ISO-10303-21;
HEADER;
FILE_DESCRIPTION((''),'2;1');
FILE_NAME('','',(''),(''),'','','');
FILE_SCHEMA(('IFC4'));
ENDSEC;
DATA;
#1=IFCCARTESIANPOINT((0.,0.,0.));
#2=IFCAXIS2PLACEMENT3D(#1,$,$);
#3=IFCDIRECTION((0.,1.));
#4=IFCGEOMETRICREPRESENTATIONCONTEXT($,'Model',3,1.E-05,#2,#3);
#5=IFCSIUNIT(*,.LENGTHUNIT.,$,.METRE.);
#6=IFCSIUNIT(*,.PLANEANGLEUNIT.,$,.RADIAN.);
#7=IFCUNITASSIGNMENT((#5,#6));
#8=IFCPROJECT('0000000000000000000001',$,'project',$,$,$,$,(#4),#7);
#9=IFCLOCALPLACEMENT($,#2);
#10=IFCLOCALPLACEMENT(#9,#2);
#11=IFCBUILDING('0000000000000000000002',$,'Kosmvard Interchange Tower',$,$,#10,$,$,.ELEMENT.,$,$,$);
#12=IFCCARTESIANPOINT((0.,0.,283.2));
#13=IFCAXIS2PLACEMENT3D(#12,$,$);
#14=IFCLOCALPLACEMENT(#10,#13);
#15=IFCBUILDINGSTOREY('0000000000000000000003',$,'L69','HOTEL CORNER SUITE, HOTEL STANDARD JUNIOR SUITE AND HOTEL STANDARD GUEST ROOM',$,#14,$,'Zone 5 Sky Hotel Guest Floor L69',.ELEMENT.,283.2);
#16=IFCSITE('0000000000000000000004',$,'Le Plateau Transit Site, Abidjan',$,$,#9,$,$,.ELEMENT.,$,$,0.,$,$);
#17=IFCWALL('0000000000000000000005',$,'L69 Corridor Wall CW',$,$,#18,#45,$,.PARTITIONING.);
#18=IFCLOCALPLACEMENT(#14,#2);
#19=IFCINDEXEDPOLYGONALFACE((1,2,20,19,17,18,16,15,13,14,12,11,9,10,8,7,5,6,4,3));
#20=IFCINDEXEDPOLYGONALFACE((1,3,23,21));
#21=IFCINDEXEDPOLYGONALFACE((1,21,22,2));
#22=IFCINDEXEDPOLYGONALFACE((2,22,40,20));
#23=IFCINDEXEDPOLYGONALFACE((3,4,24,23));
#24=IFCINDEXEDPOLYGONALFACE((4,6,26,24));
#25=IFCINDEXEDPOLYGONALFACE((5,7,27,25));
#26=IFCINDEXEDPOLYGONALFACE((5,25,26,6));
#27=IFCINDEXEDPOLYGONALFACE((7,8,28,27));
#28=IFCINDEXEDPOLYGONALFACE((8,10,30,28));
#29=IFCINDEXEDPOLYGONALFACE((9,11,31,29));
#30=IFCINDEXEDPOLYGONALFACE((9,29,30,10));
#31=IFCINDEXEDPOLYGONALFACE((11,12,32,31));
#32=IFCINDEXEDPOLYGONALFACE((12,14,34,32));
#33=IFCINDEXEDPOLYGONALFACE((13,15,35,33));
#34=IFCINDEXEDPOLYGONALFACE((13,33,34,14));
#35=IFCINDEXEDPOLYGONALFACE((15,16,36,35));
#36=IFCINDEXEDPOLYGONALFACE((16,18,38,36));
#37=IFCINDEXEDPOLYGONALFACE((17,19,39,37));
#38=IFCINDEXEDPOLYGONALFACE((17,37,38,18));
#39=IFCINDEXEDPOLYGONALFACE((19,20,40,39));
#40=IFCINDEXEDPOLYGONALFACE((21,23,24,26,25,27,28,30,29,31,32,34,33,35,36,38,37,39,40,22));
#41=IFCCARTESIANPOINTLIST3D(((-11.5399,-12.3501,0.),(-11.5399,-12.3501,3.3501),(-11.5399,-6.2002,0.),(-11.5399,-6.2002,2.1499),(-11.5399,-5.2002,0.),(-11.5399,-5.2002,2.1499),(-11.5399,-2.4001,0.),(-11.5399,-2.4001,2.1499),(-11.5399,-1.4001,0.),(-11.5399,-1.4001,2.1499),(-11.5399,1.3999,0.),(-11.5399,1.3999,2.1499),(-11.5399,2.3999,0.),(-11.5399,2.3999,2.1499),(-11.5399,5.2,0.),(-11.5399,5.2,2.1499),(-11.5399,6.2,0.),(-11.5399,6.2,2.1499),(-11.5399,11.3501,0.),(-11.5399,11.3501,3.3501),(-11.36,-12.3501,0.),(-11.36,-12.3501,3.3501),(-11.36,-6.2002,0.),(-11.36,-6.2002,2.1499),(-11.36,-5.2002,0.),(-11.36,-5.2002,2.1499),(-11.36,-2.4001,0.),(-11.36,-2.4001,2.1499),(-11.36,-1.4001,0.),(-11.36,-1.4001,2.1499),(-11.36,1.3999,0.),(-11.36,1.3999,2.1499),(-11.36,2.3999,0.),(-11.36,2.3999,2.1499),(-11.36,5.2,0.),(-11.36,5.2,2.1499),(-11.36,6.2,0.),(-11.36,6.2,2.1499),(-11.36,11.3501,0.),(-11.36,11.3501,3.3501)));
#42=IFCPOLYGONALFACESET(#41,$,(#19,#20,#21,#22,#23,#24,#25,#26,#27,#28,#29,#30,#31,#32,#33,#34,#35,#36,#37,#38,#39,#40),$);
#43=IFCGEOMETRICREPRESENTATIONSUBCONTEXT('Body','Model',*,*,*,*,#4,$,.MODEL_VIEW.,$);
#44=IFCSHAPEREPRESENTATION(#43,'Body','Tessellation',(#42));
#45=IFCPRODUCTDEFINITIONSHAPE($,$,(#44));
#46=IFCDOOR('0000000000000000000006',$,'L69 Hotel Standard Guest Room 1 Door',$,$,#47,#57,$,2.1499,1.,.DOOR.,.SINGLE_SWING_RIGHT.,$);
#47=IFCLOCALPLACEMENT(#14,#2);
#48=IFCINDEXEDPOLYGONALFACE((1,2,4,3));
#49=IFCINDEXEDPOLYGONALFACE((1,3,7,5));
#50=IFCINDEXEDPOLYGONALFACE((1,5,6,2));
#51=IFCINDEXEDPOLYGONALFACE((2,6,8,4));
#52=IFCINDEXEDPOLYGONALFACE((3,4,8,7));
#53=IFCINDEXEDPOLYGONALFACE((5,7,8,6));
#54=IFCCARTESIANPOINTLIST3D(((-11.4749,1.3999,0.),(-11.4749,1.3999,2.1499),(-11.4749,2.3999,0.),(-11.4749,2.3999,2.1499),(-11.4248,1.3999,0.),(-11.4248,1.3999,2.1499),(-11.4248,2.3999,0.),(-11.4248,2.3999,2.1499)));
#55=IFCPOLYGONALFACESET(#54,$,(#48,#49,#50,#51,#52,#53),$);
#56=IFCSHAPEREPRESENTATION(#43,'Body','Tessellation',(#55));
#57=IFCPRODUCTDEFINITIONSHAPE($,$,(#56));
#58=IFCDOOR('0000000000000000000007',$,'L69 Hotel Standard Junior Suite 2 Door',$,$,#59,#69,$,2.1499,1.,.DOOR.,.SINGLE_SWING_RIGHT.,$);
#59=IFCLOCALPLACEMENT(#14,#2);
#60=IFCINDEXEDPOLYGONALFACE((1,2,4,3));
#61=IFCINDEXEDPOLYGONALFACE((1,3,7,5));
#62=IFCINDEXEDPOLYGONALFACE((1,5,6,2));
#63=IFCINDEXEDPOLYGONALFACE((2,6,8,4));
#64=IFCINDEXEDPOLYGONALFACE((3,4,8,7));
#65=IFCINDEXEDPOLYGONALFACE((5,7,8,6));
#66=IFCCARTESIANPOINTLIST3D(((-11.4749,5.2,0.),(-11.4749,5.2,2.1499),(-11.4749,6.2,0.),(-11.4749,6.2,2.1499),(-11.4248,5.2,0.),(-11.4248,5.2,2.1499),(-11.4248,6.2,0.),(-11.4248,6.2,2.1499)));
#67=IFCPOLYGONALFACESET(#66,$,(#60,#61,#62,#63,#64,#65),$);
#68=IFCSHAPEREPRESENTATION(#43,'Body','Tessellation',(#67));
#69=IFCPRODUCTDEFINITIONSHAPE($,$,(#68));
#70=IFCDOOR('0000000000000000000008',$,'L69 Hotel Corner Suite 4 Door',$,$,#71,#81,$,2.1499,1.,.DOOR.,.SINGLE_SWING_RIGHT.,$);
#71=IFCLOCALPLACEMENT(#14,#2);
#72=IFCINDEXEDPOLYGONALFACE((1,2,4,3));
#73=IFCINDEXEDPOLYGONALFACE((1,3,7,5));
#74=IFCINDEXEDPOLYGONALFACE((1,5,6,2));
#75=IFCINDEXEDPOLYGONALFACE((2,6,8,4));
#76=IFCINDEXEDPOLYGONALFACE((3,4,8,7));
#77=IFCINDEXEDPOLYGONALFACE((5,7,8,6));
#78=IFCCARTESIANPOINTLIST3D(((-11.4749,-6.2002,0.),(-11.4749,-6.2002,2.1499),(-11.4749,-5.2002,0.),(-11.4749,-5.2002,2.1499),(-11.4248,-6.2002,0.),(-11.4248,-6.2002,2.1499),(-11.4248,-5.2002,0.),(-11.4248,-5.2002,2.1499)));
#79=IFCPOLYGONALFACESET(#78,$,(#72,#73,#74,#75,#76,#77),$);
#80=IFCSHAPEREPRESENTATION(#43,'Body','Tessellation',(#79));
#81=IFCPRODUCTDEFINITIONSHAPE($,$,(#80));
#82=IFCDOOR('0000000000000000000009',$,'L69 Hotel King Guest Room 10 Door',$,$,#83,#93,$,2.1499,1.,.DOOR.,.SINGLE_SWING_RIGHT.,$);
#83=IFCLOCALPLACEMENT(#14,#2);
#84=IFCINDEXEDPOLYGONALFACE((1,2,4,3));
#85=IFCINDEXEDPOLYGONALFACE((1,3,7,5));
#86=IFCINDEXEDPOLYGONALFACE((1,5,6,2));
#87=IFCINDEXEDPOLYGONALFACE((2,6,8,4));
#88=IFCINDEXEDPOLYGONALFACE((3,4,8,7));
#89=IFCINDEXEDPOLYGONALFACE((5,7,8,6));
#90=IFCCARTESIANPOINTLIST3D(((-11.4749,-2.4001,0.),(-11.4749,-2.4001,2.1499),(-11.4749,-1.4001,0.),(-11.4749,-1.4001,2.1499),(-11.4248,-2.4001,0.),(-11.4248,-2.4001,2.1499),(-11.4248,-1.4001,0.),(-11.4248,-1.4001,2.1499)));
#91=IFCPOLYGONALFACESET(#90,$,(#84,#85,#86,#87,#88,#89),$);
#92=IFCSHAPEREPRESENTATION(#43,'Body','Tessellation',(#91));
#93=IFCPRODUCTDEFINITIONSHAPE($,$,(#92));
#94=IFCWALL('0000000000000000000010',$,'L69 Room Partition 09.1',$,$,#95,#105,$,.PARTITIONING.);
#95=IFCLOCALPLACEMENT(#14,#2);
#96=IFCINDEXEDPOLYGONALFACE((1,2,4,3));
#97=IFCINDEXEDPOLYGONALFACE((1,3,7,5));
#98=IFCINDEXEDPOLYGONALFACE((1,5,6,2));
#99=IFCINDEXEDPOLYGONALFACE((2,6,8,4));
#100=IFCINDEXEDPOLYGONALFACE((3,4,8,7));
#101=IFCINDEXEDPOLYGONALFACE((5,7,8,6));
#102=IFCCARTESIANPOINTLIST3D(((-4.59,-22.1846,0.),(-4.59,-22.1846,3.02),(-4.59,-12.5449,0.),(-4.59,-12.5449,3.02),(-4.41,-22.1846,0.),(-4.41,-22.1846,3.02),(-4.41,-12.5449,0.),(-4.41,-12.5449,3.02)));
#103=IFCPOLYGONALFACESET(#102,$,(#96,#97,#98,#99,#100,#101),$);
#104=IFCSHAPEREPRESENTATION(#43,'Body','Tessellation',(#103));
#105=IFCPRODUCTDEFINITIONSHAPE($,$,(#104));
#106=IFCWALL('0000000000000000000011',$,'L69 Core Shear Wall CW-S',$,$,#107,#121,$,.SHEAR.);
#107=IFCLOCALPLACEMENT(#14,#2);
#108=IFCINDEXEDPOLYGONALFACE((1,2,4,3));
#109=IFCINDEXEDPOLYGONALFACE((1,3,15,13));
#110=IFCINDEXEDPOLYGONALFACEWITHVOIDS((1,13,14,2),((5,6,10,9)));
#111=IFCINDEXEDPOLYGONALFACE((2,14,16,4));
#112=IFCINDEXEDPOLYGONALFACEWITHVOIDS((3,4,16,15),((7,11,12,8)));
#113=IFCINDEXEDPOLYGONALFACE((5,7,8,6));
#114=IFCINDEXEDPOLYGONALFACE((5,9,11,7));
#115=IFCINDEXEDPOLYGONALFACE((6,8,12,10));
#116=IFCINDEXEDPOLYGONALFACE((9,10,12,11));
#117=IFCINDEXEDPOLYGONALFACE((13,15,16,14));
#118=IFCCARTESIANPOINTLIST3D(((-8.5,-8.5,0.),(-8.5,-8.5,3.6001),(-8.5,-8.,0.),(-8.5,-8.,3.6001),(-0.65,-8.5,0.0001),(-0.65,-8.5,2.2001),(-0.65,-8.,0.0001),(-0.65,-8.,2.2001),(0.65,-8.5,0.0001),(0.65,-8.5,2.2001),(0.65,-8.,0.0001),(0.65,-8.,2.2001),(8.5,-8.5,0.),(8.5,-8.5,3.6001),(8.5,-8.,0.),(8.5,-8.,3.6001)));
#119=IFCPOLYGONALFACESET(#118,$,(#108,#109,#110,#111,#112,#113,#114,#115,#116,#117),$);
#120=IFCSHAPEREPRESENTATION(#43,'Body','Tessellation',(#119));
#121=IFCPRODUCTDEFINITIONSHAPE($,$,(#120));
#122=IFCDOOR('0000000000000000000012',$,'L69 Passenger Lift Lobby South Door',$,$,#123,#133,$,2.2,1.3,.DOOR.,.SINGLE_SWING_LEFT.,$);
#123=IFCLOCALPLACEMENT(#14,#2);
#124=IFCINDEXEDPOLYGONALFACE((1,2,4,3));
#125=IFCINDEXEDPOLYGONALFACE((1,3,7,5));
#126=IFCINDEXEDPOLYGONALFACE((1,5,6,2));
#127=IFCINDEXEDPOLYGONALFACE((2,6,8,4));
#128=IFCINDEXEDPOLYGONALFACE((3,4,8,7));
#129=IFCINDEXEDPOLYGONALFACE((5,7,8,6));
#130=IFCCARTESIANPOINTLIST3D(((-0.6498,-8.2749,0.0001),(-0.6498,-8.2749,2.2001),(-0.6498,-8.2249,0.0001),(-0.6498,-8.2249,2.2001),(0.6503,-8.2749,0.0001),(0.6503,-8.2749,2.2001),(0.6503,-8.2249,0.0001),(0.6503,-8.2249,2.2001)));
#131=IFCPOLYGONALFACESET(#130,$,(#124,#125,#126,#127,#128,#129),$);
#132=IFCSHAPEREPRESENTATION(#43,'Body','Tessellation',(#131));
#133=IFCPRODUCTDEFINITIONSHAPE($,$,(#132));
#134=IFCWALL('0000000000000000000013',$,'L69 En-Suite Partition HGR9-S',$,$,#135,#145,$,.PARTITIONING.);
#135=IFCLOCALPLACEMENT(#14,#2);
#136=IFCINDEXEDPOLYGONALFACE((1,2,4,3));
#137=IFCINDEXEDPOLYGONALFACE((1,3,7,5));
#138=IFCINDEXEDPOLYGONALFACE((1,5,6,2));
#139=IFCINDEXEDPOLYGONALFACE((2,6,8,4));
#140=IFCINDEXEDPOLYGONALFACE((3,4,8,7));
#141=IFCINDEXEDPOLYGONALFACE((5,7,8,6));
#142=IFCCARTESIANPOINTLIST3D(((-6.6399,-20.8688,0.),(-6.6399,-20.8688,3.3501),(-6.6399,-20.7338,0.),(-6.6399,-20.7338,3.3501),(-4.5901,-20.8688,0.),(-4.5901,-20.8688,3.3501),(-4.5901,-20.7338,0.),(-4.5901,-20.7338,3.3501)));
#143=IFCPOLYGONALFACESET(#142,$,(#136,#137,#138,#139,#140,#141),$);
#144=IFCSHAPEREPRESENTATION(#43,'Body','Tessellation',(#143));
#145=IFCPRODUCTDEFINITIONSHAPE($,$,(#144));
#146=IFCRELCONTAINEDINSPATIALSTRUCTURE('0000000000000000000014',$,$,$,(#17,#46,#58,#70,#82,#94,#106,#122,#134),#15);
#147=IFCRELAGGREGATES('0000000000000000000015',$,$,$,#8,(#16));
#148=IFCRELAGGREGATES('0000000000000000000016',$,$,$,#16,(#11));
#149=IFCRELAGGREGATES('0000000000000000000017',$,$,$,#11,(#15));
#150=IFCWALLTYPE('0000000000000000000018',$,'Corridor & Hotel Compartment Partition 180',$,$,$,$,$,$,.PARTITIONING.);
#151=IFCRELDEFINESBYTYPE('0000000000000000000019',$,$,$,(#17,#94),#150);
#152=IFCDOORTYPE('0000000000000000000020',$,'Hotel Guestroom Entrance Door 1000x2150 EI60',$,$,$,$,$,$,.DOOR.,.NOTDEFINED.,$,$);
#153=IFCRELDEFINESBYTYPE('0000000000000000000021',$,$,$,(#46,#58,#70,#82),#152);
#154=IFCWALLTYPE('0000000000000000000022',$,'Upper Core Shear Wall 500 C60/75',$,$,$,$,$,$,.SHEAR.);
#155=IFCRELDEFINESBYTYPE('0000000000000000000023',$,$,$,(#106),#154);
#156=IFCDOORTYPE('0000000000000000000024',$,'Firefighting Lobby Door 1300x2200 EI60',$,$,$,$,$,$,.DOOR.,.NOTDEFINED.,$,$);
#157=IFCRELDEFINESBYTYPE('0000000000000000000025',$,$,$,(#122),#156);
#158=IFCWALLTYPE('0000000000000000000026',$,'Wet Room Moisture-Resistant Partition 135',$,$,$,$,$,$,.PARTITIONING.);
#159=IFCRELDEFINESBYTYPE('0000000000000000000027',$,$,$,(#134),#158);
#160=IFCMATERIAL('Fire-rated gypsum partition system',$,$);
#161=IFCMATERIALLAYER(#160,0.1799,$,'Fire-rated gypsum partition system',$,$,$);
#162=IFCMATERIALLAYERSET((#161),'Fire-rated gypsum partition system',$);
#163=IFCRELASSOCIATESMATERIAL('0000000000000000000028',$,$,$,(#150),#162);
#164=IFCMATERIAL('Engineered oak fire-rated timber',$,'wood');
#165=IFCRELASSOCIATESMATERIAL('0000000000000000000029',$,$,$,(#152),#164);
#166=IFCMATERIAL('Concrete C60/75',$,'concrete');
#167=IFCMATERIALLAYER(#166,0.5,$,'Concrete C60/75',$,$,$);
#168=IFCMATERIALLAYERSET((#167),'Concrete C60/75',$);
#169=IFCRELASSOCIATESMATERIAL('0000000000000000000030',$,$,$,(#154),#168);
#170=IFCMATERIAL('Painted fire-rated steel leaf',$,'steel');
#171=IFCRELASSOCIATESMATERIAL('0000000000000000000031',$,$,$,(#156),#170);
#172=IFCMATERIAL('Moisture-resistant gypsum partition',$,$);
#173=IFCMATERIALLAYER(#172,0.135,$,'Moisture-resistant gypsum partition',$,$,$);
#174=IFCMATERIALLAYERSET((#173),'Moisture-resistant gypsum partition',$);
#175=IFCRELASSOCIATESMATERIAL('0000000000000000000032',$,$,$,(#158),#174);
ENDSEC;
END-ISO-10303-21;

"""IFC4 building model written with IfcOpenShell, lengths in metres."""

from ifc_helpers import new_model, si_unit, direction, frame, frame_2d, origin, place, context, subcontext, project, spatial, rectangle, extrude, source, transform, mapped, material, layer, layer_set, type_object, element, fill, save


model = new_model("IFC4")

# Units and contexts
model_context = context("Model", 3, precision=1e-05, world=origin(), true_north=direction((0.0, 1.0)))
body_context = subcontext(model_context, "Body", "Model", "MODEL_VIEW")
ifc_project = project(units=[si_unit("LENGTHUNIT", "METRE"), si_unit("PLANEANGLEUNIT", "RADIAN")], contexts=[model_context])

# Site, building, storey
site_placement = place(None, origin())
site = spatial("IfcSite", under=ifc_project, at=site_placement, Name="Le Plateau Transit Site, Abidjan", CompositionType="ELEMENT", RefElevation=0.0)
building_placement = place(site_placement, origin())
building = spatial("IfcBuilding", under=site, at=building_placement, Name="Kosmvard Interchange Tower", CompositionType="ELEMENT")
storey_placement = place(building_placement, frame((0.0, 0.0, 283.2)))
storey = spatial("IfcBuildingStorey", under=building, at=storey_placement, Name="L69", Description="HOTEL CORNER SUITE, HOTEL STANDARD JUNIOR SUITE AND HOTEL STANDARD GUEST ROOM", LongName="Zone 5 Sky Hotel Guest Floor L69", CompositionType="ELEMENT", Elevation=283.2)

# Wall, openings, doors
ifc_material_1 = material(Name="Fire-rated gypsum partition system")
ifc_layer_1 = layer(ifc_material_1, 0.1799, Name="Fire-rated gypsum partition system")
ifc_layer_set_1 = layer_set([ifc_layer_1], Name="Fire-rated gypsum partition system")
wall_type_1 = type_object("IfcWallType", Name="Corridor & Hotel Compartment Partition 180", PredefinedType="PARTITIONING", material=ifc_layer_set_1)
ifc_material_2 = material(Name="Engineered oak fire-rated timber", Category="wood")
door_type_1 = type_object("IfcDoorType", Name="Hotel Guestroom Entrance Door 1000x2150 EI60", OperationType="NOTDEFINED", PredefinedType="DOOR", material=ifc_material_2)
shared_shape_1 = source(origin(), body_context, "Body", "SweptSolid", [
    extrude(rectangle(XDim=1.0, YDim=2.1499, at=frame_2d((0.5, 1.075))), frame((0.0, 0.0249, 0.0), z_axis=(0.0, -1.0, 0.0), x_axis=(1.0, 0.0, 0.0)), (0.0, 0.0, 1.0), 0.05),
])
wall_1_placement = place(storey_placement, frame((-11.45, -12.3501, 0.0), z_axis=(0.0, 0.0, 1.0), x_axis=(0.0, 1.0, 0.0)))
wall_1 = element("IfcWall", 1, at=wall_1_placement, inside=storey, type_object=wall_type_1, Name="L69 Corridor Wall CW", PredefinedType="PARTITIONING", context=body_context, shape_type="SweptSolid", body=[
    extrude(rectangle(XDim=23.7002, YDim=0.1799, at=frame_2d((11.8501, 0.0))), origin(), (0.0, 0.0, 1.0), 3.3501),
])
opening_1_placement = place(wall_1_placement, frame((13.75, 0.0, 0.0)))
opening_1 = element("IfcOpeningElement", 2, at=opening_1_placement, cuts=wall_1, PredefinedType="OPENING", context=body_context, shape_type="SweptSolid", body=[
    extrude(rectangle(XDim=1.0, YDim=2.1499, at=frame_2d((0.5, 1.075))), frame((0.0, 0.1001, 0.0), z_axis=(0.0, -1.0, 0.0), x_axis=(1.0, 0.0, 0.0)), (0.0, 0.0, 1.0), 0.2),
])
opening_2_placement = place(wall_1_placement, frame((17.55, 0.0, 0.0)))
opening_2 = element("IfcOpeningElement", 3, at=opening_2_placement, cuts=wall_1, PredefinedType="OPENING", context=body_context, shape_type="SweptSolid", body=[
    extrude(rectangle(XDim=1.0, YDim=2.1499, at=frame_2d((0.5, 1.075))), frame((0.0, 0.1001, 0.0), z_axis=(0.0, -1.0, 0.0), x_axis=(1.0, 0.0, 0.0)), (0.0, 0.0, 1.0), 0.2),
])
opening_3_placement = place(wall_1_placement, frame((6.1499, 0.0, 0.0)))
opening_3 = element("IfcOpeningElement", 4, at=opening_3_placement, cuts=wall_1, PredefinedType="OPENING", context=body_context, shape_type="SweptSolid", body=[
    extrude(rectangle(XDim=1.0, YDim=2.1499, at=frame_2d((0.5, 1.075))), frame((0.0, 0.1001, 0.0), z_axis=(0.0, -1.0, 0.0), x_axis=(1.0, 0.0, 0.0)), (0.0, 0.0, 1.0), 0.2),
])
opening_4_placement = place(wall_1_placement, frame((9.95, 0.0, 0.0)))
opening_4 = element("IfcOpeningElement", 5, at=opening_4_placement, cuts=wall_1, PredefinedType="OPENING", context=body_context, shape_type="SweptSolid", body=[
    extrude(rectangle(XDim=1.0, YDim=2.1499, at=frame_2d((0.5, 1.075))), frame((0.0, 0.1001, 0.0), z_axis=(0.0, -1.0, 0.0), x_axis=(1.0, 0.0, 0.0)), (0.0, 0.0, 1.0), 0.2),
])
door_1_placement = place(opening_1_placement, origin())
door_1 = element("IfcDoor", 6, at=door_1_placement, inside=storey, type_object=door_type_1, Name="L69 Hotel Standard Guest Room 1 Door", OperationType="SINGLE_SWING_RIGHT", OverallHeight=2.1499, OverallWidth=1.0, PredefinedType="DOOR", context=body_context, shape_type="MappedRepresentation", body=[
    mapped(shared_shape_1, transform((0.0, 0.0, 0.0), scale=1.0)),
])
fill(opening_1, door_1)
door_2_placement = place(opening_2_placement, origin())
door_2 = element("IfcDoor", 7, at=door_2_placement, inside=storey, type_object=door_type_1, Name="L69 Hotel Standard Junior Suite 2 Door", OperationType="SINGLE_SWING_RIGHT", OverallHeight=2.1499, OverallWidth=1.0, PredefinedType="DOOR", context=body_context, shape_type="MappedRepresentation", body=[
    mapped(shared_shape_1, transform((0.0, 0.0, 0.0), scale=1.0)),
])
fill(opening_2, door_2)
door_3_placement = place(opening_3_placement, origin())
door_3 = element("IfcDoor", 8, at=door_3_placement, inside=storey, type_object=door_type_1, Name="L69 Hotel Corner Suite 4 Door", OperationType="SINGLE_SWING_RIGHT", OverallHeight=2.1499, OverallWidth=1.0, PredefinedType="DOOR", context=body_context, shape_type="MappedRepresentation", body=[
    mapped(shared_shape_1, transform((0.0, 0.0, 0.0), scale=1.0)),
])
fill(opening_3, door_3)
door_4_placement = place(opening_4_placement, origin())
door_4 = element("IfcDoor", 9, at=door_4_placement, inside=storey, type_object=door_type_1, Name="L69 Hotel King Guest Room 10 Door", OperationType="SINGLE_SWING_RIGHT", OverallHeight=2.1499, OverallWidth=1.0, PredefinedType="DOOR", context=body_context, shape_type="MappedRepresentation", body=[
    mapped(shared_shape_1, transform((0.0, 0.0, 0.0), scale=1.0)),
])
fill(opening_4, door_4)

# Wall
wall_2_placement = place(storey_placement, frame((-4.5, -12.5449, 0.0), z_axis=(0.0, 0.0, 1.0), x_axis=(0.0, -1.0, 0.0)))
element("IfcWall", 10, at=wall_2_placement, inside=storey, type_object=wall_type_1, Name="L69 Room Partition 09.1", PredefinedType="PARTITIONING", context=body_context, shape_type="SweptSolid", body=[
    extrude(rectangle(XDim=9.6396, YDim=0.1799, at=frame_2d((4.8198, 0.0))), origin(), (0.0, 0.0, 1.0), 3.02),
])

# Wall, opening, door
ifc_material_3 = material(Name="Concrete C60/75", Category="concrete")
ifc_layer_2 = layer(ifc_material_3, 0.5, Name="Concrete C60/75")
ifc_layer_set_2 = layer_set([ifc_layer_2], Name="Concrete C60/75")
wall_type_2 = type_object("IfcWallType", Name="Upper Core Shear Wall 500 C60/75", PredefinedType="SHEAR", material=ifc_layer_set_2)
wall_3_placement = place(storey_placement, frame((-8.5, -8.25, 0.0), z_axis=(0.0, 0.0, 1.0), x_axis=(1.0, 0.0, 0.0)))
wall_3 = element("IfcWall", 11, at=wall_3_placement, inside=storey, type_object=wall_type_2, Name="L69 Core Shear Wall CW-S", PredefinedType="SHEAR", context=body_context, shape_type="SweptSolid", body=[
    extrude(rectangle(XDim=17.0, YDim=0.5, at=frame_2d((8.5, 0.0))), origin(), (0.0, 0.0, 1.0), 3.6001),
])
opening_5_placement = place(wall_3_placement, frame((7.8501, 0.0, 0.0)))
opening_5 = element("IfcOpeningElement", 12, at=opening_5_placement, cuts=wall_3, PredefinedType="OPENING", context=body_context, shape_type="SweptSolid", body=[
    extrude(rectangle(XDim=1.3, YDim=2.2, at=frame_2d((0.6499, 1.1001))), frame((0.0, 0.26, 0.0), z_axis=(0.0, -1.0, 0.0), x_axis=(1.0, 0.0, 0.0)), (0.0, 0.0, 1.0), 0.52),
])
ifc_material_4 = material(Name="Painted fire-rated steel leaf", Category="steel")
door_type_2 = type_object("IfcDoorType", Name="Firefighting Lobby Door 1300x2200 EI60", OperationType="NOTDEFINED", PredefinedType="DOOR", material=ifc_material_4)
shared_shape_2 = source(origin(), body_context, "Body", "SweptSolid", [
    extrude(rectangle(XDim=1.3, YDim=2.2, at=frame_2d((0.6499, 1.1001))), frame((0.0, 0.0249, 0.0), z_axis=(0.0, -1.0, 0.0), x_axis=(1.0, 0.0, 0.0)), (0.0, 0.0, 1.0), 0.05),
])
door_5_placement = place(opening_5_placement, frame((1.3, 0.0, 0.0), z_axis=(0.0, 0.0, 1.0), x_axis=(-1.0, 0.0, 0.0)))
door_5 = element("IfcDoor", 13, at=door_5_placement, inside=storey, type_object=door_type_2, Name="L69 Passenger Lift Lobby South Door", OperationType="SINGLE_SWING_LEFT", OverallHeight=2.2, OverallWidth=1.3, PredefinedType="DOOR", context=body_context, shape_type="MappedRepresentation", body=[
    mapped(shared_shape_2, transform((0.0, 0.0, 0.0), scale=1.0)),
])
fill(opening_5, door_5)

# Wall
ifc_material_5 = material(Name="Moisture-resistant gypsum partition")
ifc_layer_3 = layer(ifc_material_5, 0.135, Name="Moisture-resistant gypsum partition")
ifc_layer_set_3 = layer_set([ifc_layer_3], Name="Moisture-resistant gypsum partition")
wall_type_3 = type_object("IfcWallType", Name="Wet Room Moisture-Resistant Partition 135", PredefinedType="PARTITIONING", material=ifc_layer_set_3)
wall_4_placement = place(storey_placement, frame((-6.6399, -20.8013, 0.0), z_axis=(0.0, 0.0, 1.0), x_axis=(1.0, 0.0, 0.0)))
element("IfcWall", 14, at=wall_4_placement, inside=storey, type_object=wall_type_3, Name="L69 En-Suite Partition HGR9-S", PredefinedType="PARTITIONING", context=body_context, shape_type="SweptSolid", body=[
    extrude(rectangle(XDim=2.0498, YDim=0.135, at=frame_2d((1.0249, 0.0))), origin(), (0.0, 0.0, 1.0), 3.3501),
])

save(model, "model.ifc")
